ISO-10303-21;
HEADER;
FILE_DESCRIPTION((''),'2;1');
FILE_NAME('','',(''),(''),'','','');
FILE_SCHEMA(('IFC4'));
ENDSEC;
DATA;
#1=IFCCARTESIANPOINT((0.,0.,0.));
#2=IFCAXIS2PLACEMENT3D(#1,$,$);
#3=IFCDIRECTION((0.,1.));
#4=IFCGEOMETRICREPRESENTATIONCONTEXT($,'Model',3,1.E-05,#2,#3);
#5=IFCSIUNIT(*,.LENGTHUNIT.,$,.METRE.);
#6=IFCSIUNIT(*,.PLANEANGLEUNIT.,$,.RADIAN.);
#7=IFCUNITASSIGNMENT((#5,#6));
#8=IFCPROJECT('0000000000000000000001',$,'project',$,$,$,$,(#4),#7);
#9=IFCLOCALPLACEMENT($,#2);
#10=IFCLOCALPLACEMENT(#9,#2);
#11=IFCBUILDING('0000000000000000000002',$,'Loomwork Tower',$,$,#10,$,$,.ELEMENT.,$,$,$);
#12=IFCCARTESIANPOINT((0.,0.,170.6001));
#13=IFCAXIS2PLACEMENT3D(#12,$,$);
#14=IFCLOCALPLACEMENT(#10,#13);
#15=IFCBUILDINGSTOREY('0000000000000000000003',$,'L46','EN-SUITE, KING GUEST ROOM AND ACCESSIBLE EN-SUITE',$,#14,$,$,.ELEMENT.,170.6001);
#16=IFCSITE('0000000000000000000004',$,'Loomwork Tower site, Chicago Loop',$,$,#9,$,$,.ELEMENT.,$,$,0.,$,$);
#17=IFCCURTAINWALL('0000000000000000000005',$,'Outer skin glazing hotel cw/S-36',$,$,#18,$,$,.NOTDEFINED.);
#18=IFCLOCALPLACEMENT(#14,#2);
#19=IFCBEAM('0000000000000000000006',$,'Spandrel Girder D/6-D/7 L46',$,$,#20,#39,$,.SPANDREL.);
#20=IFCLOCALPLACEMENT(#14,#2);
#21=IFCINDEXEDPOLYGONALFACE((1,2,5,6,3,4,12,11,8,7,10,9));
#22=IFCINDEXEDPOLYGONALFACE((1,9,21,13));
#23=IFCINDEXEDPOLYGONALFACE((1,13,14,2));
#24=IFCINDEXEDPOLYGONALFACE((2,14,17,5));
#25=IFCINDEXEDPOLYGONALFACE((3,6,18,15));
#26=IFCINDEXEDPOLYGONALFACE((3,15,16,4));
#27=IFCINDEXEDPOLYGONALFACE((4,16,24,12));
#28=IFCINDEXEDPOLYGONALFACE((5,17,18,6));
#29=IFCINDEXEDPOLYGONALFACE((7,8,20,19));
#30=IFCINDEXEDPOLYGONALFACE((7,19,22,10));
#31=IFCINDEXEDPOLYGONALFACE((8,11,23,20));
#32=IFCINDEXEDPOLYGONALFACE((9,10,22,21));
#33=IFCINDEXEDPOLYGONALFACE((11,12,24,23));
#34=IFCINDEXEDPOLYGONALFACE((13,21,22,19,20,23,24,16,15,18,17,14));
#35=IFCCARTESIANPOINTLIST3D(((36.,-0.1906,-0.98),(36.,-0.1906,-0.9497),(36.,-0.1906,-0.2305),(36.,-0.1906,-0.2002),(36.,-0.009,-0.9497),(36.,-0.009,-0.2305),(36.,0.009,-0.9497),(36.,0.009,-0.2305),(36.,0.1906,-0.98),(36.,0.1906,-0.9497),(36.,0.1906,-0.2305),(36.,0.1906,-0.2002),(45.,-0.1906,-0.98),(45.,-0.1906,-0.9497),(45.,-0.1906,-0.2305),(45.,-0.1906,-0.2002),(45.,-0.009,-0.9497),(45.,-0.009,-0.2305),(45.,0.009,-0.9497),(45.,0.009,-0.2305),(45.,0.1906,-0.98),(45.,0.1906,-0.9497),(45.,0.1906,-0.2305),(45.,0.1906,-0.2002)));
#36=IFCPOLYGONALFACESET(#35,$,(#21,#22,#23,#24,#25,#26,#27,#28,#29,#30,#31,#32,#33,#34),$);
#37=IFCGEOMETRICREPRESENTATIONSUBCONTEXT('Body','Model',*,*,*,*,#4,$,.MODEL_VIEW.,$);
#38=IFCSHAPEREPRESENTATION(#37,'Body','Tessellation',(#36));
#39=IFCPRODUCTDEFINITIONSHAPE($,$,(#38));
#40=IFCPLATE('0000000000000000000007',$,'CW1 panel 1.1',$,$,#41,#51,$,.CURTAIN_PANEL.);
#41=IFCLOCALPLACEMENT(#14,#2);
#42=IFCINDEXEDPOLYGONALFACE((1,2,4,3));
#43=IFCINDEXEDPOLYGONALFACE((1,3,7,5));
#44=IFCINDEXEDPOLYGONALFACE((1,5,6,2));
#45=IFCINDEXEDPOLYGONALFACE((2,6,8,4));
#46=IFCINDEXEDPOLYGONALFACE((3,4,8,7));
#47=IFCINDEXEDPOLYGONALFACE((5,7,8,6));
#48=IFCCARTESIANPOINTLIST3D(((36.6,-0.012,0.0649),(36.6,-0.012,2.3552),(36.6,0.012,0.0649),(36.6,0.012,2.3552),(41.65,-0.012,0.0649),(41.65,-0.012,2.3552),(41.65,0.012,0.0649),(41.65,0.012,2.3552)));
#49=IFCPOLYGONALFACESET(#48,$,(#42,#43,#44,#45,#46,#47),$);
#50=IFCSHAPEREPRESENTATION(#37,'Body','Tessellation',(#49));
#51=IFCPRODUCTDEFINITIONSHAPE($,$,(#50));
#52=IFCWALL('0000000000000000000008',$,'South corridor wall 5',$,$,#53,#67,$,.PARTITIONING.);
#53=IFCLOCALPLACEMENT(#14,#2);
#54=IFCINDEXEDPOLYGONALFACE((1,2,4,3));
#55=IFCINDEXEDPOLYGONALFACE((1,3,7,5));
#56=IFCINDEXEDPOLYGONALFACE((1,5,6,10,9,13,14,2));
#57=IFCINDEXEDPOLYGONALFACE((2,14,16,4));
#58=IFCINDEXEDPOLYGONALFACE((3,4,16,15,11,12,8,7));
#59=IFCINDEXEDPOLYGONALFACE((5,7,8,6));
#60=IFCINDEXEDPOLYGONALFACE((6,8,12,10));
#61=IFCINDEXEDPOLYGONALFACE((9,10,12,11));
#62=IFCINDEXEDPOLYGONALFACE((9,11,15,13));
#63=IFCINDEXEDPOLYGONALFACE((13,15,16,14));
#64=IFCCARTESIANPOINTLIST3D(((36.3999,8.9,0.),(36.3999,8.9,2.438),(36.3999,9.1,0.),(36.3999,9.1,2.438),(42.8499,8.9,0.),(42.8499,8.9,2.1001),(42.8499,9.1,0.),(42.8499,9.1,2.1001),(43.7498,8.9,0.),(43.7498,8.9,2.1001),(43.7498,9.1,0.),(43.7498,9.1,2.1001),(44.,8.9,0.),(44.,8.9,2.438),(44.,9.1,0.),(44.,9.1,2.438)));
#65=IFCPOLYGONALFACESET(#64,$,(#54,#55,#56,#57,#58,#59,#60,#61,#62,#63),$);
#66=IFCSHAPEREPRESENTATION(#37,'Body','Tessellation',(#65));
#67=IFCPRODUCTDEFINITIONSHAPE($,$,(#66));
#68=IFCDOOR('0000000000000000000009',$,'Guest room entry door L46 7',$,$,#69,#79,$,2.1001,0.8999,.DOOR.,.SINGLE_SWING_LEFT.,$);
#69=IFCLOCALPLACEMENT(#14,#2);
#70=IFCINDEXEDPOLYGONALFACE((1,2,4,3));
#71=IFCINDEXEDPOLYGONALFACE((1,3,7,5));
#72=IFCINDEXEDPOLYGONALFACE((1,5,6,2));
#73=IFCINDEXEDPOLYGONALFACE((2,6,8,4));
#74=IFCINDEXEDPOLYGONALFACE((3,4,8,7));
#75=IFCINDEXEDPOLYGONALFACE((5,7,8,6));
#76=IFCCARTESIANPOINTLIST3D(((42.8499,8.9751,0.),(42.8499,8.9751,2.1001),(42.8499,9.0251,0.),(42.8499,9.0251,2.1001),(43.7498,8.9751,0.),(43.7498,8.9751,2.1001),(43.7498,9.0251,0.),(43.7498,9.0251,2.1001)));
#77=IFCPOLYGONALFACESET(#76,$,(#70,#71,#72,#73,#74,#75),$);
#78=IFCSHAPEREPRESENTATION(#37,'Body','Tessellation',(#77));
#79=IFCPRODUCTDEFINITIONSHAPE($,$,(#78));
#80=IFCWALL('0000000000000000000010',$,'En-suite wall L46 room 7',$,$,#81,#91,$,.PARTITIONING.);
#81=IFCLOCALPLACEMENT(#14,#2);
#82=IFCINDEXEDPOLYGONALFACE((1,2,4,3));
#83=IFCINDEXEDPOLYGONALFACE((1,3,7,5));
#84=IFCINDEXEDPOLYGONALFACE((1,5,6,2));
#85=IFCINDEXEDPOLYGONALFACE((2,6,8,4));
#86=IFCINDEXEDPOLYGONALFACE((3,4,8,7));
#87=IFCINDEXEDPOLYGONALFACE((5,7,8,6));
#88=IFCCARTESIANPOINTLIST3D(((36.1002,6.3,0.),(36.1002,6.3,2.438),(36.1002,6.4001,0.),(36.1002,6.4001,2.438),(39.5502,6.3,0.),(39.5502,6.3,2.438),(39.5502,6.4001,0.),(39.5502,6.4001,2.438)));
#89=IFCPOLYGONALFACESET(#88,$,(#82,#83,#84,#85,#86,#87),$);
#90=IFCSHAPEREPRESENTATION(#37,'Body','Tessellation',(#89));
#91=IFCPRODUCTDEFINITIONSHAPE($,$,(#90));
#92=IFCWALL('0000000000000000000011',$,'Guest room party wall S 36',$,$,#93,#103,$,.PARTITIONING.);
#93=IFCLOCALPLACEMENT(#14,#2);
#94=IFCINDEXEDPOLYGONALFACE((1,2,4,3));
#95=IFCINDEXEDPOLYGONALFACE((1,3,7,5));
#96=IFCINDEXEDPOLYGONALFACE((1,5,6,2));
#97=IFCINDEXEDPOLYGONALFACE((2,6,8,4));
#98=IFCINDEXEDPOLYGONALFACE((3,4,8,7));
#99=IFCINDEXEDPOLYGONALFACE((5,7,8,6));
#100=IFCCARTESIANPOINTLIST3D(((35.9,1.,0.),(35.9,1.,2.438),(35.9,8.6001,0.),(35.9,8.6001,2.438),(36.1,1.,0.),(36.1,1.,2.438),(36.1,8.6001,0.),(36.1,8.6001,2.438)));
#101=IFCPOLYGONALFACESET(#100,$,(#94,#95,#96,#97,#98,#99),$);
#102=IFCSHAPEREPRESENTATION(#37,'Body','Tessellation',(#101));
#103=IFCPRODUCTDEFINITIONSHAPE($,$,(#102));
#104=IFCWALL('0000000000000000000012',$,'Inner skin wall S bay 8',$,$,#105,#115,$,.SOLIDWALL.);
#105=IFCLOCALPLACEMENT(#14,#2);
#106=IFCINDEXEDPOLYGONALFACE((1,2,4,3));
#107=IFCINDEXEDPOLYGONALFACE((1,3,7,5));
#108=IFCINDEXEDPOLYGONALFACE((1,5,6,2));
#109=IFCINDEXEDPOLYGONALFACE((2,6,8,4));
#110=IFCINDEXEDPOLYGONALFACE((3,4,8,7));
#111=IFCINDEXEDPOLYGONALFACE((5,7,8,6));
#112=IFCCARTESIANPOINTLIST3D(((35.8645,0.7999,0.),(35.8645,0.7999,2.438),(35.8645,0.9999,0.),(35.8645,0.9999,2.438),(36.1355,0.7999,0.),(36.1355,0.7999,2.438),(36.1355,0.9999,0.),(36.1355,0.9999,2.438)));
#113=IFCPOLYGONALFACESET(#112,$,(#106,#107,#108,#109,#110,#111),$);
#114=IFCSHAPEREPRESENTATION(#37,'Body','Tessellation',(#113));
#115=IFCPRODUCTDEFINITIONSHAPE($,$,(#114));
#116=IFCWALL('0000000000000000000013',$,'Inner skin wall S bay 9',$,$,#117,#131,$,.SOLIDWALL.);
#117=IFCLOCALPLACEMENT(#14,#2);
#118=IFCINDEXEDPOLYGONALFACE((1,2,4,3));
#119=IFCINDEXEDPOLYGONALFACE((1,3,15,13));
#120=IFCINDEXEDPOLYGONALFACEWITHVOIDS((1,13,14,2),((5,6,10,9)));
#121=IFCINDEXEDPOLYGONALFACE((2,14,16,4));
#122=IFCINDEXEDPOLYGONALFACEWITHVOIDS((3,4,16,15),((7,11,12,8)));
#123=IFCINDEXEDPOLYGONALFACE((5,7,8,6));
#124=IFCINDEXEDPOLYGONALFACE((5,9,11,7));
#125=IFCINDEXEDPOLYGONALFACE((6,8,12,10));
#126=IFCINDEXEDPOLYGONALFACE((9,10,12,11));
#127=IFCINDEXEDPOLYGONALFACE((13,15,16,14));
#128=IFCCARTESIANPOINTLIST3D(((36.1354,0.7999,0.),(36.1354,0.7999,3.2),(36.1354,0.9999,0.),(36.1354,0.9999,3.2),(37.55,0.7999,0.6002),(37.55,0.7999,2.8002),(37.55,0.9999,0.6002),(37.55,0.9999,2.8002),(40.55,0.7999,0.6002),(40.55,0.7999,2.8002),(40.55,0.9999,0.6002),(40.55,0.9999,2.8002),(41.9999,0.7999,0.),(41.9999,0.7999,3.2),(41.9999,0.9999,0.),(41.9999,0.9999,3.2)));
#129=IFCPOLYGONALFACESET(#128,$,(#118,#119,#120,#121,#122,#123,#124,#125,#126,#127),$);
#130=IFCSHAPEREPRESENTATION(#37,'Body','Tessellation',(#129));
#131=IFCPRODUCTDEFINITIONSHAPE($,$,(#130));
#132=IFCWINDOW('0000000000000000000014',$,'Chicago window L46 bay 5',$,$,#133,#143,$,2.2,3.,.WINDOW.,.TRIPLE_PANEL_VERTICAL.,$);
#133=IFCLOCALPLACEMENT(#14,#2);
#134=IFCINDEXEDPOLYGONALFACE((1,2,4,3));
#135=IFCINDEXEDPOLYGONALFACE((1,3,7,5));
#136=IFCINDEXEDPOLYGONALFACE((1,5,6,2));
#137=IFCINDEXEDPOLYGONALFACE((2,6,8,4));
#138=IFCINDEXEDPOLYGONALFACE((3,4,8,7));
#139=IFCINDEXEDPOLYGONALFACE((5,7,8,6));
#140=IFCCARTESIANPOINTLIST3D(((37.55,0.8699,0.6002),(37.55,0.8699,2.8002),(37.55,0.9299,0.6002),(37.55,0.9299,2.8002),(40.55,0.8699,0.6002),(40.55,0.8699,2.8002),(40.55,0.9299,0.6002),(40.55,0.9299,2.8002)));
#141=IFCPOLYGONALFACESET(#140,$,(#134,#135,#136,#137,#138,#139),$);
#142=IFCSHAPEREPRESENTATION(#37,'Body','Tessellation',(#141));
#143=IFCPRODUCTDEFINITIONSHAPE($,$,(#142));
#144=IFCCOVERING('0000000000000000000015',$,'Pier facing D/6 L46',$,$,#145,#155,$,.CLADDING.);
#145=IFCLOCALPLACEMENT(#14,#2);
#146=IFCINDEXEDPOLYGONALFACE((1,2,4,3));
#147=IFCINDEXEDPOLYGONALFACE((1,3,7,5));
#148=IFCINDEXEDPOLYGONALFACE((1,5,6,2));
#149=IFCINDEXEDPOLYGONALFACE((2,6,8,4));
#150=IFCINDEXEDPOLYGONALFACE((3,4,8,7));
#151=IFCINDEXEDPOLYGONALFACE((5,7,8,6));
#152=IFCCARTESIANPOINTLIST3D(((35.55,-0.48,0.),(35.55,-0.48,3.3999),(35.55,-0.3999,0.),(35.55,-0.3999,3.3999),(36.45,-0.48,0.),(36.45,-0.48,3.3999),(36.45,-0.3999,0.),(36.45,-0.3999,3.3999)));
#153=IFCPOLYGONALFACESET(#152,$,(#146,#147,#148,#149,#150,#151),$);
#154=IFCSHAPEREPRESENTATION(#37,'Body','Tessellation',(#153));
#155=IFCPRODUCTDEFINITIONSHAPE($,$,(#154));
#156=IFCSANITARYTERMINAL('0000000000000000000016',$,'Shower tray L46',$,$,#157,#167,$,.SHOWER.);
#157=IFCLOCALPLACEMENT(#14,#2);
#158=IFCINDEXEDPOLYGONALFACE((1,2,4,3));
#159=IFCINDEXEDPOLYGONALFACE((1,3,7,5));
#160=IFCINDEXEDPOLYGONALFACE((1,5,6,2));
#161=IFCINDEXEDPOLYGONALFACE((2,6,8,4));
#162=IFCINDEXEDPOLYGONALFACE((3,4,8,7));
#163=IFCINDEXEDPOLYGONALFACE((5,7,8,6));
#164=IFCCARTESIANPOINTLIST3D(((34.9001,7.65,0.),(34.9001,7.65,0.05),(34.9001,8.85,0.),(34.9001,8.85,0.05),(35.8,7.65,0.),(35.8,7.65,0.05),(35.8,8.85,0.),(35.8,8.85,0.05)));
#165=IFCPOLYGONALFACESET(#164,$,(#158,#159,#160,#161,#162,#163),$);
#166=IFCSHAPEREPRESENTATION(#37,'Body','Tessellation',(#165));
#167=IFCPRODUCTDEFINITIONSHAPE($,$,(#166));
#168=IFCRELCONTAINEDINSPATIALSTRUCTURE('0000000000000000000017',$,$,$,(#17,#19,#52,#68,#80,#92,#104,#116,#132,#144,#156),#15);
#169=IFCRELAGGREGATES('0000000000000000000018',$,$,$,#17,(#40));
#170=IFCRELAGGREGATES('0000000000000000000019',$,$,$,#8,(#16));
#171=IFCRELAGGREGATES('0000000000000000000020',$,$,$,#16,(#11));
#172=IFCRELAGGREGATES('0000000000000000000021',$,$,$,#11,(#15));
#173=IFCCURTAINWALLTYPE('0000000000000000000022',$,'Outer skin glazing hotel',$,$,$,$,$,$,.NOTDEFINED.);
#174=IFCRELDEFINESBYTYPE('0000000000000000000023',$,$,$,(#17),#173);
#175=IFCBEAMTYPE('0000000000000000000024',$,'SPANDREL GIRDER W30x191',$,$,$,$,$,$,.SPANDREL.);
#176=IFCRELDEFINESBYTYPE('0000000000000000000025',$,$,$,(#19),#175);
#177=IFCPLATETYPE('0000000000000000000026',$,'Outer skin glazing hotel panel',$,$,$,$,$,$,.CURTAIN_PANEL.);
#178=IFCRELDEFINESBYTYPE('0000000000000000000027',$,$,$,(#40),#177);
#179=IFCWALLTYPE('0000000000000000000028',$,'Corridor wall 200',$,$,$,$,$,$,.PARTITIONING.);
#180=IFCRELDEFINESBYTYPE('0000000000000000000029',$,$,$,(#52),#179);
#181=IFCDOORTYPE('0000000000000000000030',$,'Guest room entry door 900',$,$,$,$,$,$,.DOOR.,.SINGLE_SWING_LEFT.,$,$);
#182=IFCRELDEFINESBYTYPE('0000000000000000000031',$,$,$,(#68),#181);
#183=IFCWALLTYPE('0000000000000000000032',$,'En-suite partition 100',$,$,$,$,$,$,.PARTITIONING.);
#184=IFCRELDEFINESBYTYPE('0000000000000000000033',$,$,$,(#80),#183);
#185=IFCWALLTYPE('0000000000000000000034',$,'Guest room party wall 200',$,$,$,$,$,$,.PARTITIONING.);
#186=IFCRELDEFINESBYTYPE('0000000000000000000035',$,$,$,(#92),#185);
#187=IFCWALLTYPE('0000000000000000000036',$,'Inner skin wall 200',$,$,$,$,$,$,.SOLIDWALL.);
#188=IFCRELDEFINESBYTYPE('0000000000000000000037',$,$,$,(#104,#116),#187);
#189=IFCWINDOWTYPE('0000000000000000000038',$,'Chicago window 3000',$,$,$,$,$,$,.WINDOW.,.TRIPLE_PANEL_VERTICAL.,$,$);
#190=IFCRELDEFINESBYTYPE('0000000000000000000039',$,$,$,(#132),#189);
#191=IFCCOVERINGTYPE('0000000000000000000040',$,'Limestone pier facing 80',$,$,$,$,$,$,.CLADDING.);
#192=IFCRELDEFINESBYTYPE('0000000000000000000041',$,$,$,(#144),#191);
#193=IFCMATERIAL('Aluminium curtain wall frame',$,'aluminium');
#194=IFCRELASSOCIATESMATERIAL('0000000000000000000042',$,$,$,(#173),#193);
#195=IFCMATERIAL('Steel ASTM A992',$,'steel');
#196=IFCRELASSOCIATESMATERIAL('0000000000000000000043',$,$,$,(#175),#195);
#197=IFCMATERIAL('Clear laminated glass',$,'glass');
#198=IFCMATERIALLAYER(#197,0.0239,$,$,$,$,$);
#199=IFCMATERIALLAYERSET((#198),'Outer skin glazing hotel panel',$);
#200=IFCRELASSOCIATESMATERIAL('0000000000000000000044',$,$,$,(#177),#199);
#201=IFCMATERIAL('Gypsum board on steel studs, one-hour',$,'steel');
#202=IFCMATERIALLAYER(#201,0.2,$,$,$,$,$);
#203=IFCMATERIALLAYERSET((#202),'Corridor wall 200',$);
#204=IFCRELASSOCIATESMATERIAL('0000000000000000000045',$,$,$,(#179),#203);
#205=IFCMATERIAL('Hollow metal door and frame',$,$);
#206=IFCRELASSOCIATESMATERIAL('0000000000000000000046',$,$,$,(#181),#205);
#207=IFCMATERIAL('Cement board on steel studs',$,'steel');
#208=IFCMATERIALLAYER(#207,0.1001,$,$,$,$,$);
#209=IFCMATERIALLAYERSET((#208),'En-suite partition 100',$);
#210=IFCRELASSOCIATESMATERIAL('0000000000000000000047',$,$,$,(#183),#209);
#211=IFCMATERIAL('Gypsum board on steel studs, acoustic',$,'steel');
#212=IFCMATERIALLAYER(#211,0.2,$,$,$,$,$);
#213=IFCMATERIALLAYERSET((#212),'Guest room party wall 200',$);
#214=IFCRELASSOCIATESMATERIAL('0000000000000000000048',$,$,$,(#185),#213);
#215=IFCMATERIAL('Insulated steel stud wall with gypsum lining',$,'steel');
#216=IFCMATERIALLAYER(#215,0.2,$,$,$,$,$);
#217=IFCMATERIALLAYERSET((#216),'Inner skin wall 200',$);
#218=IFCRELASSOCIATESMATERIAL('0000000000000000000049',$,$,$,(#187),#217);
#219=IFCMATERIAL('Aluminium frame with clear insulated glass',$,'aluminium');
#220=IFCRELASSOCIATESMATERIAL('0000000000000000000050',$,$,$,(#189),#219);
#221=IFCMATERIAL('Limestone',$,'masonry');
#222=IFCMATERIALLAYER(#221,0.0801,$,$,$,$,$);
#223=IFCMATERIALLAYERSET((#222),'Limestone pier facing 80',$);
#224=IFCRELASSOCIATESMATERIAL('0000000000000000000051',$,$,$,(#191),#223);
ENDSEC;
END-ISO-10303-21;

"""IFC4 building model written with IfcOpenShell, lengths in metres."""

from ifc_helpers import new_model, si_unit, direction, frame, frame_2d, origin, origin_2d, place, context, subcontext, project, spatial, rectangle, i_section, extrude, material, layer, layer_set, material_profile, profile_set, type_object, element, fill, aggregate, save


model = new_model("IFC4")

# Units and contexts
model_context = context("Model", 3, precision=1e-05, world=origin(), true_north=direction((0.0, 1.0)))
body_context = subcontext(model_context, "Body", "Model", "MODEL_VIEW")
ifc_project = project(units=[si_unit("LENGTHUNIT", "METRE"), si_unit("PLANEANGLEUNIT", "RADIAN")], contexts=[model_context])

# Site, building, storey
site_placement = place(None, origin())
site = spatial("IfcSite", under=ifc_project, at=site_placement, Name="Loomwork Tower site, Chicago Loop", CompositionType="ELEMENT", RefElevation=0.0)
building_placement = place(site_placement, origin())
building = spatial("IfcBuilding", under=site, at=building_placement, Name="Loomwork Tower", CompositionType="ELEMENT")
storey_placement = place(building_placement, frame((0.0, 0.0, 170.6001)))
storey = spatial("IfcBuildingStorey", under=building, at=storey_placement, Name="L46", Description="EN-SUITE, KING GUEST ROOM AND ACCESSIBLE EN-SUITE", CompositionType="ELEMENT", Elevation=170.6001)

# Shared definitions
ifc_material_1 = material(Name="Aluminium curtain wall frame", Category="aluminium")
curtain_wall_type = type_object("IfcCurtainWallType", Name="Outer skin glazing hotel", PredefinedType="NOTDEFINED", material=ifc_material_1)

# Curtain wall
curtain_wall_1_placement = place(storey_placement, origin())
curtain_wall_1 = element("IfcCurtainWall", 1, at=curtain_wall_1_placement, inside=storey, type_object=curtain_wall_type, Name="Outer skin glazing hotel cw/S-36", PredefinedType="NOTDEFINED")

# Beam
ifc_material_2 = material(Name="Steel ASTM A992", Category="steel")
ifc_material_profile_1 = material_profile(ifc_material_2, i_section(OverallWidth=0.3811, OverallDepth=0.7798, WebThickness=0.0181, FlangeThickness=0.0303, at=origin_2d()), Name="W30x191")
ifc_profile_set_1 = profile_set([ifc_material_profile_1], Name="Steel ASTM A992")
beam_type_1 = type_object("IfcBeamType", Name="SPANDREL GIRDER W30x191", PredefinedType="SPANDREL", material=ifc_profile_set_1)
beam_1_placement = place(storey_placement, frame((36.0, 0.0, -0.5901), z_axis=(1.0, 0.0, 0.0), x_axis=(0.0, 1.0, 0.0)))
element("IfcBeam", 2, at=beam_1_placement, inside=storey, type_object=beam_type_1, Name="Spandrel Girder D/6-D/7 L46", PredefinedType="SPANDREL", context=body_context, shape_type="SweptSolid", body=[
    extrude(i_section(OverallWidth=0.3811, OverallDepth=0.7798, WebThickness=0.0181, FlangeThickness=0.0303, at=origin_2d()), origin(), (0.0, 0.0, 1.0), 9.0),
])

# Plate
ifc_material_3 = material(Name="Clear laminated glass", Category="glass")
ifc_layer_1 = layer(ifc_material_3, 0.0239)
ifc_layer_set_1 = layer_set([ifc_layer_1], Name="Outer skin glazing hotel panel")
plate_type = type_object("IfcPlateType", Name="Outer skin glazing hotel panel", PredefinedType="CURTAIN_PANEL", material=ifc_layer_set_1)
plate_placement = place(storey_placement, frame((39.125, 0.0, 0.0649), z_axis=(0.0, 0.0, 1.0), x_axis=(1.0, 0.0, 0.0)))
plate = element("IfcPlate", 3, at=plate_placement, type_object=plate_type, Name="CW1 panel 1.1", PredefinedType="CURTAIN_PANEL", context=body_context, shape_type="SweptSolid", body=[
    extrude(rectangle(XDim=5.05, YDim=0.0239, at=origin_2d()), origin(), (0.0, 0.0, 1.0), 2.2903),
])
aggregate(curtain_wall_1, [plate])

# Wall, opening, door
ifc_material_4 = material(Name="Gypsum board on steel studs, one-hour", Category="steel")
ifc_layer_2 = layer(ifc_material_4, 0.2)
ifc_layer_set_2 = layer_set([ifc_layer_2], Name="Corridor wall 200")
wall_type_1 = type_object("IfcWallType", Name="Corridor wall 200", PredefinedType="PARTITIONING", material=ifc_layer_set_2)
wall_1_placement = place(storey_placement, frame((36.3999, 9.0, 0.0), z_axis=(0.0, 0.0, 1.0), x_axis=(1.0, 0.0, 0.0)))
wall_1 = element("IfcWall", 4, at=wall_1_placement, inside=storey, type_object=wall_type_1, Name="South corridor wall 5", PredefinedType="PARTITIONING", context=body_context, shape_type="SweptSolid", body=[
    extrude(rectangle(XDim=7.6001, YDim=0.2, at=frame_2d((3.8, 0.0))), origin(), (0.0, 0.0, 1.0), 2.438),
])
opening_1_placement = place(wall_1_placement, frame((6.45, 0.0, 0.0)))
opening_1 = element("IfcOpeningElement", 5, at=opening_1_placement, cuts=wall_1, PredefinedType="OPENING", context=body_context, shape_type="SweptSolid", body=[
    extrude(rectangle(XDim=0.8999, YDim=2.1001, at=frame_2d((0.45, 1.05))), frame((0.0, 0.1099, 0.0), z_axis=(0.0, -1.0, 0.0), x_axis=(1.0, 0.0, 0.0)), (0.0, 0.0, 1.0), 0.22),
])
ifc_material_5 = material(Name="Hollow metal door and frame")
door_type = type_object("IfcDoorType", Name="Guest room entry door 900", OperationType="SINGLE_SWING_LEFT", PredefinedType="DOOR", material=ifc_material_5)
door_placement = place(opening_1_placement, frame((0.8999, 0.0, 0.0), z_axis=(0.0, 0.0, 1.0), x_axis=(-1.0, 0.0, 0.0)))
door = element("IfcDoor", 6, at=door_placement, inside=storey, type_object=door_type, Name="Guest room entry door L46 7", OperationType="SINGLE_SWING_LEFT", OverallHeight=2.1001, OverallWidth=0.8999, PredefinedType="DOOR", context=body_context, shape_type="SweptSolid", body=[
    extrude(rectangle(XDim=0.8999, YDim=2.1001, at=frame_2d((0.45, 1.05))), frame((0.0, 0.0249, 0.0), z_axis=(0.0, -1.0, 0.0), x_axis=(1.0, 0.0, 0.0)), (0.0, 0.0, 1.0), 0.05),
])
fill(opening_1, door)

# Walls
ifc_material_6 = material(Name="Cement board on steel studs", Category="steel")
ifc_layer_3 = layer(ifc_material_6, 0.1001)
ifc_layer_set_3 = layer_set([ifc_layer_3], Name="En-suite partition 100")
wall_type_2 = type_object("IfcWallType", Name="En-suite partition 100", PredefinedType="PARTITIONING", material=ifc_layer_set_3)
wall_2_placement = place(storey_placement, frame((36.1001, 6.3501, 0.0), z_axis=(0.0, 0.0, 1.0), x_axis=(1.0, 0.0, 0.0)))
element("IfcWall", 7, at=wall_2_placement, inside=storey, type_object=wall_type_2, Name="En-suite wall L46 room 7", PredefinedType="PARTITIONING", context=body_context, shape_type="SweptSolid", body=[
    extrude(rectangle(XDim=3.45, YDim=0.1001, at=frame_2d((1.7251, 0.0))), origin(), (0.0, 0.0, 1.0), 2.438),
])
ifc_material_7 = material(Name="Gypsum board on steel studs, acoustic", Category="steel")
ifc_layer_4 = layer(ifc_material_7, 0.2)
ifc_layer_set_4 = layer_set([ifc_layer_4], Name="Guest room party wall 200")
wall_type_3 = type_object("IfcWallType", Name="Guest room party wall 200", PredefinedType="PARTITIONING", material=ifc_layer_set_4)
wall_3_placement = place(storey_placement, frame((36.0, 8.6001, 0.0), z_axis=(0.0, 0.0, 1.0), x_axis=(0.0, -1.0, 0.0)))
element("IfcWall", 8, at=wall_3_placement, inside=storey, type_object=wall_type_3, Name="Guest room party wall S 36", PredefinedType="PARTITIONING", context=body_context, shape_type="SweptSolid", body=[
    extrude(rectangle(XDim=7.6001, YDim=0.2, at=frame_2d((3.8, 0.0))), origin(), (0.0, 0.0, 1.0), 2.438),
])
ifc_material_8 = material(Name="Insulated steel stud wall with gypsum lining", Category="steel")
ifc_layer_5 = layer(ifc_material_8, 0.2)
ifc_layer_set_5 = layer_set([ifc_layer_5], Name="Inner skin wall 200")
wall_type_4 = type_object("IfcWallType", Name="Inner skin wall 200", PredefinedType="SOLIDWALL", material=ifc_layer_set_5)
wall_4_placement = place(storey_placement, frame((35.8645, 0.8999, 0.0), z_axis=(0.0, 0.0, 1.0), x_axis=(1.0, 0.0, 0.0)))
element("IfcWall", 9, at=wall_4_placement, inside=storey, type_object=wall_type_4, Name="Inner skin wall S bay 8", PredefinedType="SOLIDWALL", context=body_context, shape_type="SweptSolid", body=[
    extrude(rectangle(XDim=0.271, YDim=0.2, at=frame_2d((0.1355, 0.0))), origin(), (0.0, 0.0, 1.0), 2.438),
])

# Wall, opening, window
wall_5_placement = place(storey_placement, frame((36.1355, 0.8999, 0.0), z_axis=(0.0, 0.0, 1.0), x_axis=(1.0, 0.0, 0.0)))
wall_5 = element("IfcWall", 10, at=wall_5_placement, inside=storey, type_object=wall_type_4, Name="Inner skin wall S bay 9", PredefinedType="SOLIDWALL", context=body_context, shape_type="SweptSolid", body=[
    extrude(rectangle(XDim=5.8645, YDim=0.2, at=frame_2d((2.9321, 0.0))), origin(), (0.0, 0.0, 1.0), 3.2),
])
opening_2_placement = place(wall_5_placement, frame((1.4146, 0.0, 0.6001)))
opening_2 = element("IfcOpeningElement", 11, at=opening_2_placement, cuts=wall_5, PredefinedType="OPENING", context=body_context, shape_type="SweptSolid", body=[
    extrude(rectangle(XDim=3.0, YDim=2.2, at=frame_2d((1.5, 1.1001))), frame((0.0, 0.1099, 0.0), z_axis=(0.0, -1.0, 0.0), x_axis=(1.0, 0.0, 0.0)), (0.0, 0.0, 1.0), 0.22),
])
ifc_material_9 = material(Name="Aluminium frame with clear insulated glass", Category="aluminium")
window_type = type_object("IfcWindowType", Name="Chicago window 3000", PartitioningType="TRIPLE_PANEL_VERTICAL", PredefinedType="WINDOW", material=ifc_material_9)
window_placement = place(opening_2_placement, origin())
window = element("IfcWindow", 12, at=window_placement, inside=storey, type_object=window_type, Name="Chicago window L46 bay 5", OverallHeight=2.2, OverallWidth=3.0, PartitioningType="TRIPLE_PANEL_VERTICAL", PredefinedType="WINDOW", context=body_context, shape_type="SweptSolid", body=[
    extrude(rectangle(XDim=3.0, YDim=2.2, at=frame_2d((1.5, 1.1001))), frame((0.0, 0.03, 0.0), z_axis=(0.0, -1.0, 0.0), x_axis=(1.0, 0.0, 0.0)), (0.0, 0.0, 1.0), 0.0601),
])
fill(opening_2, window)

# Covering
ifc_material_10 = material(Name="Limestone", Category="masonry")
ifc_layer_6 = layer(ifc_material_10, 0.0801)
ifc_layer_set_6 = layer_set([ifc_layer_6], Name="Limestone pier facing 80")
covering_type = type_object("IfcCoveringType", Name="Limestone pier facing 80", PredefinedType="CLADDING", material=ifc_layer_set_6)
covering_placement = place(storey_placement, frame((36.0, -0.4399, 0.0), z_axis=(0.0, 0.0, 1.0), x_axis=(1.0, 0.0, 0.0)))
element("IfcCovering", 13, at=covering_placement, inside=storey, type_object=covering_type, Name="Pier facing D/6 L46", PredefinedType="CLADDING", context=body_context, shape_type="SweptSolid", body=[
    extrude(rectangle(XDim=0.8999, YDim=0.0801, at=origin_2d()), origin(), (0.0, 0.0, 1.0), 3.3999),
])

# Sanitary terminal
sanitary_terminal_1_placement = place(storey_placement, frame((35.3501, 8.25, 0.0), z_axis=(0.0, 0.0, 1.0), x_axis=(1.0, 0.0, 0.0)))
element("IfcSanitaryTerminal", 14, at=sanitary_terminal_1_placement, inside=storey, Name="Shower tray L46", PredefinedType="SHOWER", context=body_context, shape_type="SweptSolid", body=[
    extrude(rectangle(XDim=0.8999, YDim=1.2, at=origin_2d()), origin(), (0.0, 0.0, 1.0), 0.05),
])

save(model, "model.ifc")
